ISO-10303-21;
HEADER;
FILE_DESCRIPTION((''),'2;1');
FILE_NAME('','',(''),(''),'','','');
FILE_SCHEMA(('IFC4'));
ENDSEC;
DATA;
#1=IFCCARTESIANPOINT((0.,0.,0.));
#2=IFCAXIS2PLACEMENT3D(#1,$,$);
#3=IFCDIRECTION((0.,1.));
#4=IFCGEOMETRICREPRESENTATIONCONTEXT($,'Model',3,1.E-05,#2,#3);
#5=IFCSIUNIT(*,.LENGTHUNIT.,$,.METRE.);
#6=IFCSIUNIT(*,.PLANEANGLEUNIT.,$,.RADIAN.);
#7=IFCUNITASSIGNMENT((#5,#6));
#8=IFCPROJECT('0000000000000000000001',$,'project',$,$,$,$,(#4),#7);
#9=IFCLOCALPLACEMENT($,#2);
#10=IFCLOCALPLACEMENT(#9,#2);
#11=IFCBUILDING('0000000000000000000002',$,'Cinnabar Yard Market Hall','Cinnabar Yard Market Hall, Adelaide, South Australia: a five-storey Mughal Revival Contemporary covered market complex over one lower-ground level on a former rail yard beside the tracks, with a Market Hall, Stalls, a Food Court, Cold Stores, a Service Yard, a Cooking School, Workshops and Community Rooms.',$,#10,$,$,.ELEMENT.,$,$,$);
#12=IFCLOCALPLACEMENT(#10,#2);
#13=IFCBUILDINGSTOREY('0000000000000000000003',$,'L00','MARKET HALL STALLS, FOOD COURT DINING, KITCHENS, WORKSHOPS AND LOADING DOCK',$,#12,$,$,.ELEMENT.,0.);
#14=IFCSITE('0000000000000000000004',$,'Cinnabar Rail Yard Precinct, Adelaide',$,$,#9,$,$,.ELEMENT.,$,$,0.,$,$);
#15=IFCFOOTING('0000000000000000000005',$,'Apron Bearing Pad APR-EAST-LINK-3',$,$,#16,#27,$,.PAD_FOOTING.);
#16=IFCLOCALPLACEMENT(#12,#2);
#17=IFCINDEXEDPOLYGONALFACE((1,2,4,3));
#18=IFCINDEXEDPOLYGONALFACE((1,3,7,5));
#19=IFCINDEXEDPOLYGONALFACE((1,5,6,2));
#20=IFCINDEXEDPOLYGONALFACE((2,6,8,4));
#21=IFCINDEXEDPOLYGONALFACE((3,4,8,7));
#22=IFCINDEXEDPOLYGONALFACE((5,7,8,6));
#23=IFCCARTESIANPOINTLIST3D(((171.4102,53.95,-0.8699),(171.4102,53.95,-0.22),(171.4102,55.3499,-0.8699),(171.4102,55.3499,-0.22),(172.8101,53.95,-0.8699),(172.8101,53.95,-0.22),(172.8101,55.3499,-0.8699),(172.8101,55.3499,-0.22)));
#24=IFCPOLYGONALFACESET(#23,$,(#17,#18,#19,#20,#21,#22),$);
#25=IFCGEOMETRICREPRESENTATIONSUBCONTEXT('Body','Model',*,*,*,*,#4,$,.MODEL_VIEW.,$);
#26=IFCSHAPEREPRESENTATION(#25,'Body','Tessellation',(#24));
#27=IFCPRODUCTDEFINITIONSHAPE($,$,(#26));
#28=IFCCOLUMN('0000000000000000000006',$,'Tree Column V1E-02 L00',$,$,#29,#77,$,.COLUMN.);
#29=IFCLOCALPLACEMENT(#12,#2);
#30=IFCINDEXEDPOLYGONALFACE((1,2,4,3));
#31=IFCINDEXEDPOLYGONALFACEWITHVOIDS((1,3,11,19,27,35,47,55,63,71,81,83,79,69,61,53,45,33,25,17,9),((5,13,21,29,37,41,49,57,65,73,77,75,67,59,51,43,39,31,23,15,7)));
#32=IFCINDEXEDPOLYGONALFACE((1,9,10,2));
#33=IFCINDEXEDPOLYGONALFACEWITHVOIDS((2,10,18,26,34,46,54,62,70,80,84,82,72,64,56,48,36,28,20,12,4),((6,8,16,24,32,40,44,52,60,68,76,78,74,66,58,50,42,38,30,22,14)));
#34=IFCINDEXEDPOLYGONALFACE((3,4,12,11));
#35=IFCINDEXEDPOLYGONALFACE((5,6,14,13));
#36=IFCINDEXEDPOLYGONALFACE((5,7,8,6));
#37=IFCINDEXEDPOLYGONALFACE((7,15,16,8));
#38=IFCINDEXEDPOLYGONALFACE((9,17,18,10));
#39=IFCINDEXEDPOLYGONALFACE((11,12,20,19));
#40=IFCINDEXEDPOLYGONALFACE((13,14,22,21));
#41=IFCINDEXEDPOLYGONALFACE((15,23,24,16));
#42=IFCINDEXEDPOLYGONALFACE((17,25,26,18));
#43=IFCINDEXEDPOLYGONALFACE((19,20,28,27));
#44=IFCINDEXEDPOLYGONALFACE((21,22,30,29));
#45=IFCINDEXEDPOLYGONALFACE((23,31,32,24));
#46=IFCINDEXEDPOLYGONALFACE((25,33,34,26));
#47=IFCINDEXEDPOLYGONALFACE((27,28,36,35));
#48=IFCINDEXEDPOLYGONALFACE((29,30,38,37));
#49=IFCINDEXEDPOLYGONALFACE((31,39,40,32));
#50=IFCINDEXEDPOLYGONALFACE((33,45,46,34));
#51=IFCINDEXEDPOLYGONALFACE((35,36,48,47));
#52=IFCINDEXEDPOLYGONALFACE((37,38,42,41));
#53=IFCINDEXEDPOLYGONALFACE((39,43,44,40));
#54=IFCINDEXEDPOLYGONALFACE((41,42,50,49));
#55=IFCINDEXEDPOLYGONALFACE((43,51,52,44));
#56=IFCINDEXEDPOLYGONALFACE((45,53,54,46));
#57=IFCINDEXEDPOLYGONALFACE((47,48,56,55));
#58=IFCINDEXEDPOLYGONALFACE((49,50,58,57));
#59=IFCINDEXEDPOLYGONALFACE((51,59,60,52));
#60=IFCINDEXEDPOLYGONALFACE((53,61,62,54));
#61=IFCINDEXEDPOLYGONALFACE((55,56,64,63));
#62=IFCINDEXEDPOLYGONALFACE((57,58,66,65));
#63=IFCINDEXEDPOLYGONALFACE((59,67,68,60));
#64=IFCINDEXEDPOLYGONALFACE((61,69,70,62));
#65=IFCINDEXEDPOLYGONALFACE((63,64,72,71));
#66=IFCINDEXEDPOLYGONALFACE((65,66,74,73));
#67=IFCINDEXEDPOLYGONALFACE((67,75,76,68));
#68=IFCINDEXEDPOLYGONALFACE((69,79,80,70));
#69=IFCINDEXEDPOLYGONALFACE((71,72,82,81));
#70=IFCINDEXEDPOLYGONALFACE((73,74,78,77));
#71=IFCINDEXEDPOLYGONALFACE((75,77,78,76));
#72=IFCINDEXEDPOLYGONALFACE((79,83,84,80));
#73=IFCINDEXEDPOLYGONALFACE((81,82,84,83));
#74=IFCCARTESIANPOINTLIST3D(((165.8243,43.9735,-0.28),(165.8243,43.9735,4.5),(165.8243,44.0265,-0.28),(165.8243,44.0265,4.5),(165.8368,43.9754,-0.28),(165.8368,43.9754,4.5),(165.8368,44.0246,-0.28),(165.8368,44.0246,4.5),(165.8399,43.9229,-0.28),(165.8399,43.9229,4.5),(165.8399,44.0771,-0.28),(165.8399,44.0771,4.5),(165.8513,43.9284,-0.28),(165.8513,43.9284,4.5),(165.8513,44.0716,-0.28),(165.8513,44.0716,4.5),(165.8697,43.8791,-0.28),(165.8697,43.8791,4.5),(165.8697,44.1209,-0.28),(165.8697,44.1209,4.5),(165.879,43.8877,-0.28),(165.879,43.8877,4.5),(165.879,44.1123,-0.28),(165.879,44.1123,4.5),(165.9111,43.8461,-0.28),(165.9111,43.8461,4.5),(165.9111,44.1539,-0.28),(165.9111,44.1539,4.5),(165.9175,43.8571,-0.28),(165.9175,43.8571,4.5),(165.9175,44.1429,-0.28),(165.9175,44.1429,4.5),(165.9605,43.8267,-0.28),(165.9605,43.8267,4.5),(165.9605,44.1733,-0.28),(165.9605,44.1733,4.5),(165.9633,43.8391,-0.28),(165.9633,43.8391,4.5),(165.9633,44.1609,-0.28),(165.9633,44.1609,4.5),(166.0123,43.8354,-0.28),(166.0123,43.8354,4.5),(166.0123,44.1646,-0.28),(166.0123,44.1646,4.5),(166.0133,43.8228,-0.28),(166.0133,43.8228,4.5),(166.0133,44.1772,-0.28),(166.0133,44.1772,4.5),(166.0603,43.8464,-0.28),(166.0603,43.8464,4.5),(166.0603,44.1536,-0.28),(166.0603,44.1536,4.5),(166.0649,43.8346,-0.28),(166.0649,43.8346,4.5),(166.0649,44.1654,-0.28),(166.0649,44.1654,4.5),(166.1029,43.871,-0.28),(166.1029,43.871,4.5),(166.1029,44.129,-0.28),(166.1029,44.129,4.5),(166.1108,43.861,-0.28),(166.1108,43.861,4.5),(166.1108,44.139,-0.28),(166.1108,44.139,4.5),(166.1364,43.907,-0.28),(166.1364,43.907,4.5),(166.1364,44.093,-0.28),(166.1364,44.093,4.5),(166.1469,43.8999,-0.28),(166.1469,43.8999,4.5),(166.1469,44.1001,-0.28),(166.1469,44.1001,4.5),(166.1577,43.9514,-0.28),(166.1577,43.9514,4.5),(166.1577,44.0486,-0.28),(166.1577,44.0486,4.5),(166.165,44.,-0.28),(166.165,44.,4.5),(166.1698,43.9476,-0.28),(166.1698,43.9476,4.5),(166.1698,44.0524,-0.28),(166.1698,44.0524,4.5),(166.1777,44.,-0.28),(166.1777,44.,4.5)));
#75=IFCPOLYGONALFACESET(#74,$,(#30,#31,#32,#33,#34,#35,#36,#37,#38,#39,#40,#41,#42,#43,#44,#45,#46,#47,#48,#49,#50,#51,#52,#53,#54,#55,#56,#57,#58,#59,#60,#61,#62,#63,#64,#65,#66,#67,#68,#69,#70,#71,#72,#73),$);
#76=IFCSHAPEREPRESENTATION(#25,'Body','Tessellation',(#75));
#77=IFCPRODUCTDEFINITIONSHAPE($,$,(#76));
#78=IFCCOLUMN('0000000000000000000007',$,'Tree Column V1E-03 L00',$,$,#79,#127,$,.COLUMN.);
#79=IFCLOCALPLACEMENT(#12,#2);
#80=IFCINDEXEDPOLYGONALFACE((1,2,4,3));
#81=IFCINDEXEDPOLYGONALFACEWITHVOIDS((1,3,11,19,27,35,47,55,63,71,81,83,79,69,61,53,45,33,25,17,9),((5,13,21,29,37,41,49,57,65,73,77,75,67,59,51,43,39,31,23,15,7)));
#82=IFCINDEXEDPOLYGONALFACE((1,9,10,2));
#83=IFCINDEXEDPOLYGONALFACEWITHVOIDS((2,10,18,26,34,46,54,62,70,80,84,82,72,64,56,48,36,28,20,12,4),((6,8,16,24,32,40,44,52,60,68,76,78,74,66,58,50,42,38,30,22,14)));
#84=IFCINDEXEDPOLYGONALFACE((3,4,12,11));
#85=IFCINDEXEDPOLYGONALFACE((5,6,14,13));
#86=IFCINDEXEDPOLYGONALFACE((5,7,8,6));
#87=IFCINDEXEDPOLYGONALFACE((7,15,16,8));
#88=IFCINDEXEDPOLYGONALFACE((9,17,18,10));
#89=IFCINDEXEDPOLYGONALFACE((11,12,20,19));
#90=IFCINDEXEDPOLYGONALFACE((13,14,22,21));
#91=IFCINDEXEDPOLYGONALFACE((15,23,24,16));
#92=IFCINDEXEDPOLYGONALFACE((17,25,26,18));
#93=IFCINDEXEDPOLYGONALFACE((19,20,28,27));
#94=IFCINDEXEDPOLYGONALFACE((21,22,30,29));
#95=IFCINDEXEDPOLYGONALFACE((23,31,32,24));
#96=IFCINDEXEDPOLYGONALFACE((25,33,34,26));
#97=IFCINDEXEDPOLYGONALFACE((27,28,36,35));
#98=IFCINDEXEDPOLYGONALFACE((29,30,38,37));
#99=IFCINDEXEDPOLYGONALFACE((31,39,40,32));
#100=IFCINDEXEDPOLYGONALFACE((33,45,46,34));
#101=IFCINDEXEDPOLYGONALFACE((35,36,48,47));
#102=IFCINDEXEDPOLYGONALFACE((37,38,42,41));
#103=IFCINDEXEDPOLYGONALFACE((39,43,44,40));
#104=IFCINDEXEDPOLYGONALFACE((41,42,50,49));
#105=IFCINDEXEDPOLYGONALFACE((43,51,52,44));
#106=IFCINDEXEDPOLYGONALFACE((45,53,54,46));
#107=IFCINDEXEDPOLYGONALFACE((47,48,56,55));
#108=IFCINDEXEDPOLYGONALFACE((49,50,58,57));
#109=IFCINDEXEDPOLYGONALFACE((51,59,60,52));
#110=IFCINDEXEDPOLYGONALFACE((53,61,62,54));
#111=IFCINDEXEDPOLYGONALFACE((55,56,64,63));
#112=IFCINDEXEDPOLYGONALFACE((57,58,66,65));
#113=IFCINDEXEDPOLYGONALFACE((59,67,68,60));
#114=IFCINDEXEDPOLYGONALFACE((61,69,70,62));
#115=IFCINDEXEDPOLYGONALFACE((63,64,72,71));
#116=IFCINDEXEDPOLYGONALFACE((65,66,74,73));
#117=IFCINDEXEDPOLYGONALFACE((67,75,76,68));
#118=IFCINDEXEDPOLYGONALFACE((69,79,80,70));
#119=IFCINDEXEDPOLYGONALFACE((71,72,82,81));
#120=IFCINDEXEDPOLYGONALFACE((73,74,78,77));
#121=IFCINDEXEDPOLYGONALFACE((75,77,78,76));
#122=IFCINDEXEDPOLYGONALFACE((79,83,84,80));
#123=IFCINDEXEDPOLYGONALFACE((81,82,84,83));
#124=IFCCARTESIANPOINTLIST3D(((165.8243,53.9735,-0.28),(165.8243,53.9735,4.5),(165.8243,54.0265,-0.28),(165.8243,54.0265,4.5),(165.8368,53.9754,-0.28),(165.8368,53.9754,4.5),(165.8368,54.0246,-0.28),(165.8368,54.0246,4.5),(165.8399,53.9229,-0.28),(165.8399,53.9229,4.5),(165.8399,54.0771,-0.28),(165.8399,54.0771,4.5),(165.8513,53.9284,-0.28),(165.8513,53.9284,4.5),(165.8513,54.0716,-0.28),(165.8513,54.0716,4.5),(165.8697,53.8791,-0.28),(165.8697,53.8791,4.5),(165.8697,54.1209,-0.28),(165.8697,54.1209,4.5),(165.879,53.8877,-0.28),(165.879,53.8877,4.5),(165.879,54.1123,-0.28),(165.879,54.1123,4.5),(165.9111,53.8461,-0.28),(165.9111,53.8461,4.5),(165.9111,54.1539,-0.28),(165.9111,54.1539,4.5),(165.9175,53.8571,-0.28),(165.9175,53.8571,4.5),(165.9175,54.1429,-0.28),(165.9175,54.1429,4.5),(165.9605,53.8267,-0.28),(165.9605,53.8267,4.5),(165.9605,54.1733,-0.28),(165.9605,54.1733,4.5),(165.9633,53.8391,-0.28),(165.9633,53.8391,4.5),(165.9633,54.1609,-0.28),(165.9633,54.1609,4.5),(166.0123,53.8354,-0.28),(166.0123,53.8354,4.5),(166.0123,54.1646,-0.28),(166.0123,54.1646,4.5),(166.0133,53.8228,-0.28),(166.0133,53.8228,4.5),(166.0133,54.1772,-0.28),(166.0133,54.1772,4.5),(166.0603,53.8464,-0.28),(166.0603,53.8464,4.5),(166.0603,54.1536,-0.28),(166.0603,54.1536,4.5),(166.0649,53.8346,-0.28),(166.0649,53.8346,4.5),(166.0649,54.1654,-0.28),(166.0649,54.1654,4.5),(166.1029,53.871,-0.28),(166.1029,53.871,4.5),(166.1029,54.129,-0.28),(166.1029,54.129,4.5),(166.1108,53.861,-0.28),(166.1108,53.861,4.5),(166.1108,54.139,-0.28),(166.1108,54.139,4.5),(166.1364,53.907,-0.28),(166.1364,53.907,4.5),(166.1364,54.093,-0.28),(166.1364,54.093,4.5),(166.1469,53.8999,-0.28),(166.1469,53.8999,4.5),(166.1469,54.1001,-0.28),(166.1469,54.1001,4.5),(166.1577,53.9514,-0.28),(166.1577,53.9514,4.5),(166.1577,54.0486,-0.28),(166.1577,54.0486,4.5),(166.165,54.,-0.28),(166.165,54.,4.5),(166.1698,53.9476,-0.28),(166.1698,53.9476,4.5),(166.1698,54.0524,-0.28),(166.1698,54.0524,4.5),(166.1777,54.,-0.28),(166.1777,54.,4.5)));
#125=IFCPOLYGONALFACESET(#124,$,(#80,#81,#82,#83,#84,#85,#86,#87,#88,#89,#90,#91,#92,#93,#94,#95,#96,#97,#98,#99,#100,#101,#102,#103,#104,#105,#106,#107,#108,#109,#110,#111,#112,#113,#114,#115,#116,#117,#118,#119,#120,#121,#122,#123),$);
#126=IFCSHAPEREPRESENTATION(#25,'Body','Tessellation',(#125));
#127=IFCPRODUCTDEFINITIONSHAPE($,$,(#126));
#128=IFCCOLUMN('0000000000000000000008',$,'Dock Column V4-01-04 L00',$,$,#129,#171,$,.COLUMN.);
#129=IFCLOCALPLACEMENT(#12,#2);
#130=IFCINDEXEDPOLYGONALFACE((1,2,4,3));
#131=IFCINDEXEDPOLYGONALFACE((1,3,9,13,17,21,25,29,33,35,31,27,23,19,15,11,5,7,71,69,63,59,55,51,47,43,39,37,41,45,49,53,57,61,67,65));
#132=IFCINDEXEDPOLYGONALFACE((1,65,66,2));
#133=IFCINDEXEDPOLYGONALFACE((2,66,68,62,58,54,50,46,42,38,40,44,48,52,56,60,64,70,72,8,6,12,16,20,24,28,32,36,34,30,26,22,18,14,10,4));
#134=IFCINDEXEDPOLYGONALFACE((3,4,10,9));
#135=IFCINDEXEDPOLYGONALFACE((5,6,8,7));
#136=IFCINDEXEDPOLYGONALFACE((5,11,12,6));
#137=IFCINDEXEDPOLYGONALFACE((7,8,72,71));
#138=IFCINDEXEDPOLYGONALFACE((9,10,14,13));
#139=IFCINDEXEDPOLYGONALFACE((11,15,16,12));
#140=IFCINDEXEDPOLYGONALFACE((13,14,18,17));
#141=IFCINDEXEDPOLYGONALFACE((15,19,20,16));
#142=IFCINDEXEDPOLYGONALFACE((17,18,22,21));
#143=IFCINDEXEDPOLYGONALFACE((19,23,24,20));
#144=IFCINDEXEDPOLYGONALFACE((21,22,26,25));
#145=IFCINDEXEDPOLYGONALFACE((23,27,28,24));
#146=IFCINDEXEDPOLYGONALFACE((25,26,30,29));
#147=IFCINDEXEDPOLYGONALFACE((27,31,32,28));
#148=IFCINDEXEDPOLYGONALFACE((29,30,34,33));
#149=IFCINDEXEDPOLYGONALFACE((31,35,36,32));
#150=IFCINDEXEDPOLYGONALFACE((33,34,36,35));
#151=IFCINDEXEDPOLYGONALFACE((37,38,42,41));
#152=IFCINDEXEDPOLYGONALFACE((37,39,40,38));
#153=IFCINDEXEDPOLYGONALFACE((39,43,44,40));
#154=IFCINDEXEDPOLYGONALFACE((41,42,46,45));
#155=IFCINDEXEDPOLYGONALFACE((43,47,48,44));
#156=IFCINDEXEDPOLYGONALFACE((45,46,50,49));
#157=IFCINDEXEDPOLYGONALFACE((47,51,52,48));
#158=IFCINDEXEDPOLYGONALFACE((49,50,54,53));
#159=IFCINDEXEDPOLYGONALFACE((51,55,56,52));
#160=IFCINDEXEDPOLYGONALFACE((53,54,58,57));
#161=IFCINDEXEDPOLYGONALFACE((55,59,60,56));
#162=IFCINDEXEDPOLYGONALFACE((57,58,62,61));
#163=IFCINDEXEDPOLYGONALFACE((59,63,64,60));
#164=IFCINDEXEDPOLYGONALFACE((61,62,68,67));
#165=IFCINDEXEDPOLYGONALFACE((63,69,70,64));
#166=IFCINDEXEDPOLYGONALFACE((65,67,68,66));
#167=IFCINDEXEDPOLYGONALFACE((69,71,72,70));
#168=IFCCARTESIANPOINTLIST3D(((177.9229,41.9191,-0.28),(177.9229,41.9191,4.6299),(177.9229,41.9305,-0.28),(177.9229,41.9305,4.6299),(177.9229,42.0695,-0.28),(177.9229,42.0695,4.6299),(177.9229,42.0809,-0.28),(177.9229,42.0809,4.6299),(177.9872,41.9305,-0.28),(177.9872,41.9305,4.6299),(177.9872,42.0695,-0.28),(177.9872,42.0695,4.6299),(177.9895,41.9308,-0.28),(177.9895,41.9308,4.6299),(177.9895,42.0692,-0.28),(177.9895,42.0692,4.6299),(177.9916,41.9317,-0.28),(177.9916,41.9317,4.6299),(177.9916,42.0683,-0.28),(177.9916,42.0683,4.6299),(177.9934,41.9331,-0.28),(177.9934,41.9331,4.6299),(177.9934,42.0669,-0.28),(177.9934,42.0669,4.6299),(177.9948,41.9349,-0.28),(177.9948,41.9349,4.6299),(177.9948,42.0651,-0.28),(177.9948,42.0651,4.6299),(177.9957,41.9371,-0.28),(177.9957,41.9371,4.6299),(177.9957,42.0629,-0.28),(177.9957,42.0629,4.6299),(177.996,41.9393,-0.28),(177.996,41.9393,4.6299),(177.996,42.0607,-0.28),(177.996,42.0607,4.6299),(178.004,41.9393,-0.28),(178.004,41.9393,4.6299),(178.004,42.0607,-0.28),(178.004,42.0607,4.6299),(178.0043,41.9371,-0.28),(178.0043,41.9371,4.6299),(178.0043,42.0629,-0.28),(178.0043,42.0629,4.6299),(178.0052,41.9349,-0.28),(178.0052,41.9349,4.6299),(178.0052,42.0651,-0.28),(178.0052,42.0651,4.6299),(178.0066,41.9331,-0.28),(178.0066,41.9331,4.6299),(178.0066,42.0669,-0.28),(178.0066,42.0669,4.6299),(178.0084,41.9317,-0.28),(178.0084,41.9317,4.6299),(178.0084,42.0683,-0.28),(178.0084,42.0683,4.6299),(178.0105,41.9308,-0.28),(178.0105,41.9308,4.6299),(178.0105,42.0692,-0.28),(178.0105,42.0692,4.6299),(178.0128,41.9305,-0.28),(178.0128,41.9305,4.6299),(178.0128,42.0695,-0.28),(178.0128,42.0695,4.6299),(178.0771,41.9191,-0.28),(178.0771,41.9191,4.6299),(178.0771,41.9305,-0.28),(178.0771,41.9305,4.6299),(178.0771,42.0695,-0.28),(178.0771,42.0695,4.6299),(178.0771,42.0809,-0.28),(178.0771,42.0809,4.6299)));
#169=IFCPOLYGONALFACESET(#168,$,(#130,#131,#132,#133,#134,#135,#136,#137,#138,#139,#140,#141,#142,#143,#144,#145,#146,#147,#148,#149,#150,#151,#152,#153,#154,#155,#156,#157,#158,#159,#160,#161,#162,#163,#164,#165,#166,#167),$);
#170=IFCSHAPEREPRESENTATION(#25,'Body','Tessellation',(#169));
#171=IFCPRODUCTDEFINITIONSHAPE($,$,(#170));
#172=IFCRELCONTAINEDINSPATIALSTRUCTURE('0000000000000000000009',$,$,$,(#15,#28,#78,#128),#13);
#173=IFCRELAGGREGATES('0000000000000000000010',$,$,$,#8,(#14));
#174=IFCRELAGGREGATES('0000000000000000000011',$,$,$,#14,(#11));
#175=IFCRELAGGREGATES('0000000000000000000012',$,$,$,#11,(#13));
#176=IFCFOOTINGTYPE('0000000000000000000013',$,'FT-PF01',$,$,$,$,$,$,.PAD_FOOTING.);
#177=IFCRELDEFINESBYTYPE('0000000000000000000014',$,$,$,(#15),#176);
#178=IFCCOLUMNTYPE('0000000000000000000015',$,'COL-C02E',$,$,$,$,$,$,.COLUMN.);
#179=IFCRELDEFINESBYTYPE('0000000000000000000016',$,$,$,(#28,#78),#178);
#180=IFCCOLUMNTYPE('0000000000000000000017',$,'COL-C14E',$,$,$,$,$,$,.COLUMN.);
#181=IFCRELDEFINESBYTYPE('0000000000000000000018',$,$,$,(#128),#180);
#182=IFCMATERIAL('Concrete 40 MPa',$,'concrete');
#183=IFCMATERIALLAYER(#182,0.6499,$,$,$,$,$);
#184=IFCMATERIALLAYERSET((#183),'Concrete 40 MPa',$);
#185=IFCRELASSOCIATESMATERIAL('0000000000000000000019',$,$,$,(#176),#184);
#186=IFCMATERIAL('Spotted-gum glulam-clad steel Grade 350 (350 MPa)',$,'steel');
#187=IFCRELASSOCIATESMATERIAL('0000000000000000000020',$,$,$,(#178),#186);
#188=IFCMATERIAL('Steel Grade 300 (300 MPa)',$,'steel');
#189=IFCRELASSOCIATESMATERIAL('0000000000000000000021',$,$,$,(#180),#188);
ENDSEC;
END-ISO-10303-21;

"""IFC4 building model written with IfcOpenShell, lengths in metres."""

from ifc_helpers import new_model, si_unit, direction, frame, origin, origin_2d_with_axis, place, context, subcontext, project, spatial, rectangle, hollow_circle, i_section, extrude, material, layer, layer_set, material_profile, profile_set, type_object, element, save


model = new_model("IFC4")

# Units and contexts
model_context = context("Model", 3, precision=1e-05, world=origin(), true_north=direction((0.0, 1.0)))
body_context = subcontext(model_context, "Body", "Model", "MODEL_VIEW")
ifc_project = project(units=[si_unit("LENGTHUNIT", "METRE"), si_unit("PLANEANGLEUNIT", "RADIAN")], contexts=[model_context])

# Site, building, storey
site_placement = place(None, origin())
site = spatial("IfcSite", under=ifc_project, at=site_placement, Name="Cinnabar Rail Yard Precinct, Adelaide", CompositionType="ELEMENT", RefElevation=0.0)
building_placement = place(site_placement, origin())
building = spatial("IfcBuilding", under=site, at=building_placement, Name="Cinnabar Yard Market Hall", Description="Cinnabar Yard Market Hall, Adelaide, South Australia: a five-storey Mughal Revival Contemporary covered market complex over one lower-ground level on a former rail yard beside the tracks, with a Market Hall, Stalls, a Food Court, Cold Stores, a Service Yard, a Cooking School, Workshops and Community Rooms.", CompositionType="ELEMENT")
storey_placement = place(building_placement, origin())
storey = spatial("IfcBuildingStorey", under=building, at=storey_placement, Name="L00", Description="MARKET HALL STALLS, FOOD COURT DINING, KITCHENS, WORKSHOPS AND LOADING DOCK", CompositionType="ELEMENT", Elevation=0.0)

# Footing
ifc_material_1 = material(Name="Concrete 40 MPa", Category="concrete")
ifc_layer_1 = layer(ifc_material_1, 0.6499)
ifc_layer_set_1 = layer_set([ifc_layer_1], Name="Concrete 40 MPa")
footing_type = type_object("IfcFootingType", Name="FT-PF01", PredefinedType="PAD_FOOTING", material=ifc_layer_set_1)
footing_placement = place(storey_placement, frame((172.1101, 54.6499, -0.8699), z_axis=(0.0, 0.0, 1.0), x_axis=(1.0, 0.0, 0.0)))
element("IfcFooting", 1, at=footing_placement, inside=storey, type_object=footing_type, Name="Apron Bearing Pad APR-EAST-LINK-3", PredefinedType="PAD_FOOTING", context=body_context, shape_type="SweptSolid", body=[
    extrude(rectangle(XDim=1.3999, YDim=1.3999, at=origin_2d_with_axis()), origin(), (0.0, 0.0, 1.0), 0.6499),
])

# Columns
ifc_material_2 = material(Name="Spotted-gum glulam-clad steel Grade 350 (350 MPa)", Category="steel")
ifc_material_profile_1 = material_profile(ifc_material_2, hollow_circle(Radius=0.1777, WallThickness=0.0127, at=origin_2d_with_axis()), Name="355.6x12.7CHS")
ifc_profile_set_1 = profile_set([ifc_material_profile_1], Name="Spotted-gum glulam-clad steel Grade 350 (350 MPa)")
column_type_1 = type_object("IfcColumnType", Name="COL-C02E", PredefinedType="COLUMN", material=ifc_profile_set_1)
for number, where, z_axis, x_axis, name in (
    (2, (166.0, 44.0, -0.28), (0.0, 0.0, 1.0), (1.0, 0.0, 0.0), "Tree Column V1E-02 L00"),
    (3, (166.0, 54.0, -0.28), (0.0, 0.0, 1.0), (1.0, 0.0, 0.0), "Tree Column V1E-03 L00"),
):
    element("IfcColumn", number, at=place(storey_placement, frame(where, z_axis=z_axis, x_axis=x_axis)), inside=storey, type_object=column_type_1, Name=name, PredefinedType="COLUMN", context=body_context, shape_type="SweptSolid", body=[
        extrude(hollow_circle(Radius=0.1777, WallThickness=0.0127, at=origin_2d_with_axis()), origin(), (0.0, 0.0, 1.0), 4.78),
    ])
ifc_material_3 = material(Name="Steel Grade 300 (300 MPa)", Category="steel")
ifc_material_profile_2 = material_profile(ifc_material_3, i_section(OverallWidth=0.1543, OverallDepth=0.1619, WebThickness=0.0081, FlangeThickness=0.0115, FilletRadius=0.0088, at=origin_2d_with_axis()), Name="150UC37.2")
ifc_profile_set_2 = profile_set([ifc_material_profile_2], Name="Steel Grade 300 (300 MPa)")
column_type_2 = type_object("IfcColumnType", Name="COL-C14E", PredefinedType="COLUMN", material=ifc_profile_set_2)
column_placement = place(storey_placement, frame((178.0, 42.0, -0.28), z_axis=(0.0, 0.0, 1.0), x_axis=(1.0, 0.0, 0.0)))
element("IfcColumn", 4, at=column_placement, inside=storey, type_object=column_type_2, Name="Dock Column V4-01-04 L00", PredefinedType="COLUMN", context=body_context, shape_type="SweptSolid", body=[
    extrude(i_section(OverallWidth=0.1543, OverallDepth=0.1619, WebThickness=0.0081, FlangeThickness=0.0115, FilletRadius=0.0088, at=origin_2d_with_axis()), origin(), (0.0, 0.0, 1.0), 4.9099),
])

save(model, "model.ifc")
